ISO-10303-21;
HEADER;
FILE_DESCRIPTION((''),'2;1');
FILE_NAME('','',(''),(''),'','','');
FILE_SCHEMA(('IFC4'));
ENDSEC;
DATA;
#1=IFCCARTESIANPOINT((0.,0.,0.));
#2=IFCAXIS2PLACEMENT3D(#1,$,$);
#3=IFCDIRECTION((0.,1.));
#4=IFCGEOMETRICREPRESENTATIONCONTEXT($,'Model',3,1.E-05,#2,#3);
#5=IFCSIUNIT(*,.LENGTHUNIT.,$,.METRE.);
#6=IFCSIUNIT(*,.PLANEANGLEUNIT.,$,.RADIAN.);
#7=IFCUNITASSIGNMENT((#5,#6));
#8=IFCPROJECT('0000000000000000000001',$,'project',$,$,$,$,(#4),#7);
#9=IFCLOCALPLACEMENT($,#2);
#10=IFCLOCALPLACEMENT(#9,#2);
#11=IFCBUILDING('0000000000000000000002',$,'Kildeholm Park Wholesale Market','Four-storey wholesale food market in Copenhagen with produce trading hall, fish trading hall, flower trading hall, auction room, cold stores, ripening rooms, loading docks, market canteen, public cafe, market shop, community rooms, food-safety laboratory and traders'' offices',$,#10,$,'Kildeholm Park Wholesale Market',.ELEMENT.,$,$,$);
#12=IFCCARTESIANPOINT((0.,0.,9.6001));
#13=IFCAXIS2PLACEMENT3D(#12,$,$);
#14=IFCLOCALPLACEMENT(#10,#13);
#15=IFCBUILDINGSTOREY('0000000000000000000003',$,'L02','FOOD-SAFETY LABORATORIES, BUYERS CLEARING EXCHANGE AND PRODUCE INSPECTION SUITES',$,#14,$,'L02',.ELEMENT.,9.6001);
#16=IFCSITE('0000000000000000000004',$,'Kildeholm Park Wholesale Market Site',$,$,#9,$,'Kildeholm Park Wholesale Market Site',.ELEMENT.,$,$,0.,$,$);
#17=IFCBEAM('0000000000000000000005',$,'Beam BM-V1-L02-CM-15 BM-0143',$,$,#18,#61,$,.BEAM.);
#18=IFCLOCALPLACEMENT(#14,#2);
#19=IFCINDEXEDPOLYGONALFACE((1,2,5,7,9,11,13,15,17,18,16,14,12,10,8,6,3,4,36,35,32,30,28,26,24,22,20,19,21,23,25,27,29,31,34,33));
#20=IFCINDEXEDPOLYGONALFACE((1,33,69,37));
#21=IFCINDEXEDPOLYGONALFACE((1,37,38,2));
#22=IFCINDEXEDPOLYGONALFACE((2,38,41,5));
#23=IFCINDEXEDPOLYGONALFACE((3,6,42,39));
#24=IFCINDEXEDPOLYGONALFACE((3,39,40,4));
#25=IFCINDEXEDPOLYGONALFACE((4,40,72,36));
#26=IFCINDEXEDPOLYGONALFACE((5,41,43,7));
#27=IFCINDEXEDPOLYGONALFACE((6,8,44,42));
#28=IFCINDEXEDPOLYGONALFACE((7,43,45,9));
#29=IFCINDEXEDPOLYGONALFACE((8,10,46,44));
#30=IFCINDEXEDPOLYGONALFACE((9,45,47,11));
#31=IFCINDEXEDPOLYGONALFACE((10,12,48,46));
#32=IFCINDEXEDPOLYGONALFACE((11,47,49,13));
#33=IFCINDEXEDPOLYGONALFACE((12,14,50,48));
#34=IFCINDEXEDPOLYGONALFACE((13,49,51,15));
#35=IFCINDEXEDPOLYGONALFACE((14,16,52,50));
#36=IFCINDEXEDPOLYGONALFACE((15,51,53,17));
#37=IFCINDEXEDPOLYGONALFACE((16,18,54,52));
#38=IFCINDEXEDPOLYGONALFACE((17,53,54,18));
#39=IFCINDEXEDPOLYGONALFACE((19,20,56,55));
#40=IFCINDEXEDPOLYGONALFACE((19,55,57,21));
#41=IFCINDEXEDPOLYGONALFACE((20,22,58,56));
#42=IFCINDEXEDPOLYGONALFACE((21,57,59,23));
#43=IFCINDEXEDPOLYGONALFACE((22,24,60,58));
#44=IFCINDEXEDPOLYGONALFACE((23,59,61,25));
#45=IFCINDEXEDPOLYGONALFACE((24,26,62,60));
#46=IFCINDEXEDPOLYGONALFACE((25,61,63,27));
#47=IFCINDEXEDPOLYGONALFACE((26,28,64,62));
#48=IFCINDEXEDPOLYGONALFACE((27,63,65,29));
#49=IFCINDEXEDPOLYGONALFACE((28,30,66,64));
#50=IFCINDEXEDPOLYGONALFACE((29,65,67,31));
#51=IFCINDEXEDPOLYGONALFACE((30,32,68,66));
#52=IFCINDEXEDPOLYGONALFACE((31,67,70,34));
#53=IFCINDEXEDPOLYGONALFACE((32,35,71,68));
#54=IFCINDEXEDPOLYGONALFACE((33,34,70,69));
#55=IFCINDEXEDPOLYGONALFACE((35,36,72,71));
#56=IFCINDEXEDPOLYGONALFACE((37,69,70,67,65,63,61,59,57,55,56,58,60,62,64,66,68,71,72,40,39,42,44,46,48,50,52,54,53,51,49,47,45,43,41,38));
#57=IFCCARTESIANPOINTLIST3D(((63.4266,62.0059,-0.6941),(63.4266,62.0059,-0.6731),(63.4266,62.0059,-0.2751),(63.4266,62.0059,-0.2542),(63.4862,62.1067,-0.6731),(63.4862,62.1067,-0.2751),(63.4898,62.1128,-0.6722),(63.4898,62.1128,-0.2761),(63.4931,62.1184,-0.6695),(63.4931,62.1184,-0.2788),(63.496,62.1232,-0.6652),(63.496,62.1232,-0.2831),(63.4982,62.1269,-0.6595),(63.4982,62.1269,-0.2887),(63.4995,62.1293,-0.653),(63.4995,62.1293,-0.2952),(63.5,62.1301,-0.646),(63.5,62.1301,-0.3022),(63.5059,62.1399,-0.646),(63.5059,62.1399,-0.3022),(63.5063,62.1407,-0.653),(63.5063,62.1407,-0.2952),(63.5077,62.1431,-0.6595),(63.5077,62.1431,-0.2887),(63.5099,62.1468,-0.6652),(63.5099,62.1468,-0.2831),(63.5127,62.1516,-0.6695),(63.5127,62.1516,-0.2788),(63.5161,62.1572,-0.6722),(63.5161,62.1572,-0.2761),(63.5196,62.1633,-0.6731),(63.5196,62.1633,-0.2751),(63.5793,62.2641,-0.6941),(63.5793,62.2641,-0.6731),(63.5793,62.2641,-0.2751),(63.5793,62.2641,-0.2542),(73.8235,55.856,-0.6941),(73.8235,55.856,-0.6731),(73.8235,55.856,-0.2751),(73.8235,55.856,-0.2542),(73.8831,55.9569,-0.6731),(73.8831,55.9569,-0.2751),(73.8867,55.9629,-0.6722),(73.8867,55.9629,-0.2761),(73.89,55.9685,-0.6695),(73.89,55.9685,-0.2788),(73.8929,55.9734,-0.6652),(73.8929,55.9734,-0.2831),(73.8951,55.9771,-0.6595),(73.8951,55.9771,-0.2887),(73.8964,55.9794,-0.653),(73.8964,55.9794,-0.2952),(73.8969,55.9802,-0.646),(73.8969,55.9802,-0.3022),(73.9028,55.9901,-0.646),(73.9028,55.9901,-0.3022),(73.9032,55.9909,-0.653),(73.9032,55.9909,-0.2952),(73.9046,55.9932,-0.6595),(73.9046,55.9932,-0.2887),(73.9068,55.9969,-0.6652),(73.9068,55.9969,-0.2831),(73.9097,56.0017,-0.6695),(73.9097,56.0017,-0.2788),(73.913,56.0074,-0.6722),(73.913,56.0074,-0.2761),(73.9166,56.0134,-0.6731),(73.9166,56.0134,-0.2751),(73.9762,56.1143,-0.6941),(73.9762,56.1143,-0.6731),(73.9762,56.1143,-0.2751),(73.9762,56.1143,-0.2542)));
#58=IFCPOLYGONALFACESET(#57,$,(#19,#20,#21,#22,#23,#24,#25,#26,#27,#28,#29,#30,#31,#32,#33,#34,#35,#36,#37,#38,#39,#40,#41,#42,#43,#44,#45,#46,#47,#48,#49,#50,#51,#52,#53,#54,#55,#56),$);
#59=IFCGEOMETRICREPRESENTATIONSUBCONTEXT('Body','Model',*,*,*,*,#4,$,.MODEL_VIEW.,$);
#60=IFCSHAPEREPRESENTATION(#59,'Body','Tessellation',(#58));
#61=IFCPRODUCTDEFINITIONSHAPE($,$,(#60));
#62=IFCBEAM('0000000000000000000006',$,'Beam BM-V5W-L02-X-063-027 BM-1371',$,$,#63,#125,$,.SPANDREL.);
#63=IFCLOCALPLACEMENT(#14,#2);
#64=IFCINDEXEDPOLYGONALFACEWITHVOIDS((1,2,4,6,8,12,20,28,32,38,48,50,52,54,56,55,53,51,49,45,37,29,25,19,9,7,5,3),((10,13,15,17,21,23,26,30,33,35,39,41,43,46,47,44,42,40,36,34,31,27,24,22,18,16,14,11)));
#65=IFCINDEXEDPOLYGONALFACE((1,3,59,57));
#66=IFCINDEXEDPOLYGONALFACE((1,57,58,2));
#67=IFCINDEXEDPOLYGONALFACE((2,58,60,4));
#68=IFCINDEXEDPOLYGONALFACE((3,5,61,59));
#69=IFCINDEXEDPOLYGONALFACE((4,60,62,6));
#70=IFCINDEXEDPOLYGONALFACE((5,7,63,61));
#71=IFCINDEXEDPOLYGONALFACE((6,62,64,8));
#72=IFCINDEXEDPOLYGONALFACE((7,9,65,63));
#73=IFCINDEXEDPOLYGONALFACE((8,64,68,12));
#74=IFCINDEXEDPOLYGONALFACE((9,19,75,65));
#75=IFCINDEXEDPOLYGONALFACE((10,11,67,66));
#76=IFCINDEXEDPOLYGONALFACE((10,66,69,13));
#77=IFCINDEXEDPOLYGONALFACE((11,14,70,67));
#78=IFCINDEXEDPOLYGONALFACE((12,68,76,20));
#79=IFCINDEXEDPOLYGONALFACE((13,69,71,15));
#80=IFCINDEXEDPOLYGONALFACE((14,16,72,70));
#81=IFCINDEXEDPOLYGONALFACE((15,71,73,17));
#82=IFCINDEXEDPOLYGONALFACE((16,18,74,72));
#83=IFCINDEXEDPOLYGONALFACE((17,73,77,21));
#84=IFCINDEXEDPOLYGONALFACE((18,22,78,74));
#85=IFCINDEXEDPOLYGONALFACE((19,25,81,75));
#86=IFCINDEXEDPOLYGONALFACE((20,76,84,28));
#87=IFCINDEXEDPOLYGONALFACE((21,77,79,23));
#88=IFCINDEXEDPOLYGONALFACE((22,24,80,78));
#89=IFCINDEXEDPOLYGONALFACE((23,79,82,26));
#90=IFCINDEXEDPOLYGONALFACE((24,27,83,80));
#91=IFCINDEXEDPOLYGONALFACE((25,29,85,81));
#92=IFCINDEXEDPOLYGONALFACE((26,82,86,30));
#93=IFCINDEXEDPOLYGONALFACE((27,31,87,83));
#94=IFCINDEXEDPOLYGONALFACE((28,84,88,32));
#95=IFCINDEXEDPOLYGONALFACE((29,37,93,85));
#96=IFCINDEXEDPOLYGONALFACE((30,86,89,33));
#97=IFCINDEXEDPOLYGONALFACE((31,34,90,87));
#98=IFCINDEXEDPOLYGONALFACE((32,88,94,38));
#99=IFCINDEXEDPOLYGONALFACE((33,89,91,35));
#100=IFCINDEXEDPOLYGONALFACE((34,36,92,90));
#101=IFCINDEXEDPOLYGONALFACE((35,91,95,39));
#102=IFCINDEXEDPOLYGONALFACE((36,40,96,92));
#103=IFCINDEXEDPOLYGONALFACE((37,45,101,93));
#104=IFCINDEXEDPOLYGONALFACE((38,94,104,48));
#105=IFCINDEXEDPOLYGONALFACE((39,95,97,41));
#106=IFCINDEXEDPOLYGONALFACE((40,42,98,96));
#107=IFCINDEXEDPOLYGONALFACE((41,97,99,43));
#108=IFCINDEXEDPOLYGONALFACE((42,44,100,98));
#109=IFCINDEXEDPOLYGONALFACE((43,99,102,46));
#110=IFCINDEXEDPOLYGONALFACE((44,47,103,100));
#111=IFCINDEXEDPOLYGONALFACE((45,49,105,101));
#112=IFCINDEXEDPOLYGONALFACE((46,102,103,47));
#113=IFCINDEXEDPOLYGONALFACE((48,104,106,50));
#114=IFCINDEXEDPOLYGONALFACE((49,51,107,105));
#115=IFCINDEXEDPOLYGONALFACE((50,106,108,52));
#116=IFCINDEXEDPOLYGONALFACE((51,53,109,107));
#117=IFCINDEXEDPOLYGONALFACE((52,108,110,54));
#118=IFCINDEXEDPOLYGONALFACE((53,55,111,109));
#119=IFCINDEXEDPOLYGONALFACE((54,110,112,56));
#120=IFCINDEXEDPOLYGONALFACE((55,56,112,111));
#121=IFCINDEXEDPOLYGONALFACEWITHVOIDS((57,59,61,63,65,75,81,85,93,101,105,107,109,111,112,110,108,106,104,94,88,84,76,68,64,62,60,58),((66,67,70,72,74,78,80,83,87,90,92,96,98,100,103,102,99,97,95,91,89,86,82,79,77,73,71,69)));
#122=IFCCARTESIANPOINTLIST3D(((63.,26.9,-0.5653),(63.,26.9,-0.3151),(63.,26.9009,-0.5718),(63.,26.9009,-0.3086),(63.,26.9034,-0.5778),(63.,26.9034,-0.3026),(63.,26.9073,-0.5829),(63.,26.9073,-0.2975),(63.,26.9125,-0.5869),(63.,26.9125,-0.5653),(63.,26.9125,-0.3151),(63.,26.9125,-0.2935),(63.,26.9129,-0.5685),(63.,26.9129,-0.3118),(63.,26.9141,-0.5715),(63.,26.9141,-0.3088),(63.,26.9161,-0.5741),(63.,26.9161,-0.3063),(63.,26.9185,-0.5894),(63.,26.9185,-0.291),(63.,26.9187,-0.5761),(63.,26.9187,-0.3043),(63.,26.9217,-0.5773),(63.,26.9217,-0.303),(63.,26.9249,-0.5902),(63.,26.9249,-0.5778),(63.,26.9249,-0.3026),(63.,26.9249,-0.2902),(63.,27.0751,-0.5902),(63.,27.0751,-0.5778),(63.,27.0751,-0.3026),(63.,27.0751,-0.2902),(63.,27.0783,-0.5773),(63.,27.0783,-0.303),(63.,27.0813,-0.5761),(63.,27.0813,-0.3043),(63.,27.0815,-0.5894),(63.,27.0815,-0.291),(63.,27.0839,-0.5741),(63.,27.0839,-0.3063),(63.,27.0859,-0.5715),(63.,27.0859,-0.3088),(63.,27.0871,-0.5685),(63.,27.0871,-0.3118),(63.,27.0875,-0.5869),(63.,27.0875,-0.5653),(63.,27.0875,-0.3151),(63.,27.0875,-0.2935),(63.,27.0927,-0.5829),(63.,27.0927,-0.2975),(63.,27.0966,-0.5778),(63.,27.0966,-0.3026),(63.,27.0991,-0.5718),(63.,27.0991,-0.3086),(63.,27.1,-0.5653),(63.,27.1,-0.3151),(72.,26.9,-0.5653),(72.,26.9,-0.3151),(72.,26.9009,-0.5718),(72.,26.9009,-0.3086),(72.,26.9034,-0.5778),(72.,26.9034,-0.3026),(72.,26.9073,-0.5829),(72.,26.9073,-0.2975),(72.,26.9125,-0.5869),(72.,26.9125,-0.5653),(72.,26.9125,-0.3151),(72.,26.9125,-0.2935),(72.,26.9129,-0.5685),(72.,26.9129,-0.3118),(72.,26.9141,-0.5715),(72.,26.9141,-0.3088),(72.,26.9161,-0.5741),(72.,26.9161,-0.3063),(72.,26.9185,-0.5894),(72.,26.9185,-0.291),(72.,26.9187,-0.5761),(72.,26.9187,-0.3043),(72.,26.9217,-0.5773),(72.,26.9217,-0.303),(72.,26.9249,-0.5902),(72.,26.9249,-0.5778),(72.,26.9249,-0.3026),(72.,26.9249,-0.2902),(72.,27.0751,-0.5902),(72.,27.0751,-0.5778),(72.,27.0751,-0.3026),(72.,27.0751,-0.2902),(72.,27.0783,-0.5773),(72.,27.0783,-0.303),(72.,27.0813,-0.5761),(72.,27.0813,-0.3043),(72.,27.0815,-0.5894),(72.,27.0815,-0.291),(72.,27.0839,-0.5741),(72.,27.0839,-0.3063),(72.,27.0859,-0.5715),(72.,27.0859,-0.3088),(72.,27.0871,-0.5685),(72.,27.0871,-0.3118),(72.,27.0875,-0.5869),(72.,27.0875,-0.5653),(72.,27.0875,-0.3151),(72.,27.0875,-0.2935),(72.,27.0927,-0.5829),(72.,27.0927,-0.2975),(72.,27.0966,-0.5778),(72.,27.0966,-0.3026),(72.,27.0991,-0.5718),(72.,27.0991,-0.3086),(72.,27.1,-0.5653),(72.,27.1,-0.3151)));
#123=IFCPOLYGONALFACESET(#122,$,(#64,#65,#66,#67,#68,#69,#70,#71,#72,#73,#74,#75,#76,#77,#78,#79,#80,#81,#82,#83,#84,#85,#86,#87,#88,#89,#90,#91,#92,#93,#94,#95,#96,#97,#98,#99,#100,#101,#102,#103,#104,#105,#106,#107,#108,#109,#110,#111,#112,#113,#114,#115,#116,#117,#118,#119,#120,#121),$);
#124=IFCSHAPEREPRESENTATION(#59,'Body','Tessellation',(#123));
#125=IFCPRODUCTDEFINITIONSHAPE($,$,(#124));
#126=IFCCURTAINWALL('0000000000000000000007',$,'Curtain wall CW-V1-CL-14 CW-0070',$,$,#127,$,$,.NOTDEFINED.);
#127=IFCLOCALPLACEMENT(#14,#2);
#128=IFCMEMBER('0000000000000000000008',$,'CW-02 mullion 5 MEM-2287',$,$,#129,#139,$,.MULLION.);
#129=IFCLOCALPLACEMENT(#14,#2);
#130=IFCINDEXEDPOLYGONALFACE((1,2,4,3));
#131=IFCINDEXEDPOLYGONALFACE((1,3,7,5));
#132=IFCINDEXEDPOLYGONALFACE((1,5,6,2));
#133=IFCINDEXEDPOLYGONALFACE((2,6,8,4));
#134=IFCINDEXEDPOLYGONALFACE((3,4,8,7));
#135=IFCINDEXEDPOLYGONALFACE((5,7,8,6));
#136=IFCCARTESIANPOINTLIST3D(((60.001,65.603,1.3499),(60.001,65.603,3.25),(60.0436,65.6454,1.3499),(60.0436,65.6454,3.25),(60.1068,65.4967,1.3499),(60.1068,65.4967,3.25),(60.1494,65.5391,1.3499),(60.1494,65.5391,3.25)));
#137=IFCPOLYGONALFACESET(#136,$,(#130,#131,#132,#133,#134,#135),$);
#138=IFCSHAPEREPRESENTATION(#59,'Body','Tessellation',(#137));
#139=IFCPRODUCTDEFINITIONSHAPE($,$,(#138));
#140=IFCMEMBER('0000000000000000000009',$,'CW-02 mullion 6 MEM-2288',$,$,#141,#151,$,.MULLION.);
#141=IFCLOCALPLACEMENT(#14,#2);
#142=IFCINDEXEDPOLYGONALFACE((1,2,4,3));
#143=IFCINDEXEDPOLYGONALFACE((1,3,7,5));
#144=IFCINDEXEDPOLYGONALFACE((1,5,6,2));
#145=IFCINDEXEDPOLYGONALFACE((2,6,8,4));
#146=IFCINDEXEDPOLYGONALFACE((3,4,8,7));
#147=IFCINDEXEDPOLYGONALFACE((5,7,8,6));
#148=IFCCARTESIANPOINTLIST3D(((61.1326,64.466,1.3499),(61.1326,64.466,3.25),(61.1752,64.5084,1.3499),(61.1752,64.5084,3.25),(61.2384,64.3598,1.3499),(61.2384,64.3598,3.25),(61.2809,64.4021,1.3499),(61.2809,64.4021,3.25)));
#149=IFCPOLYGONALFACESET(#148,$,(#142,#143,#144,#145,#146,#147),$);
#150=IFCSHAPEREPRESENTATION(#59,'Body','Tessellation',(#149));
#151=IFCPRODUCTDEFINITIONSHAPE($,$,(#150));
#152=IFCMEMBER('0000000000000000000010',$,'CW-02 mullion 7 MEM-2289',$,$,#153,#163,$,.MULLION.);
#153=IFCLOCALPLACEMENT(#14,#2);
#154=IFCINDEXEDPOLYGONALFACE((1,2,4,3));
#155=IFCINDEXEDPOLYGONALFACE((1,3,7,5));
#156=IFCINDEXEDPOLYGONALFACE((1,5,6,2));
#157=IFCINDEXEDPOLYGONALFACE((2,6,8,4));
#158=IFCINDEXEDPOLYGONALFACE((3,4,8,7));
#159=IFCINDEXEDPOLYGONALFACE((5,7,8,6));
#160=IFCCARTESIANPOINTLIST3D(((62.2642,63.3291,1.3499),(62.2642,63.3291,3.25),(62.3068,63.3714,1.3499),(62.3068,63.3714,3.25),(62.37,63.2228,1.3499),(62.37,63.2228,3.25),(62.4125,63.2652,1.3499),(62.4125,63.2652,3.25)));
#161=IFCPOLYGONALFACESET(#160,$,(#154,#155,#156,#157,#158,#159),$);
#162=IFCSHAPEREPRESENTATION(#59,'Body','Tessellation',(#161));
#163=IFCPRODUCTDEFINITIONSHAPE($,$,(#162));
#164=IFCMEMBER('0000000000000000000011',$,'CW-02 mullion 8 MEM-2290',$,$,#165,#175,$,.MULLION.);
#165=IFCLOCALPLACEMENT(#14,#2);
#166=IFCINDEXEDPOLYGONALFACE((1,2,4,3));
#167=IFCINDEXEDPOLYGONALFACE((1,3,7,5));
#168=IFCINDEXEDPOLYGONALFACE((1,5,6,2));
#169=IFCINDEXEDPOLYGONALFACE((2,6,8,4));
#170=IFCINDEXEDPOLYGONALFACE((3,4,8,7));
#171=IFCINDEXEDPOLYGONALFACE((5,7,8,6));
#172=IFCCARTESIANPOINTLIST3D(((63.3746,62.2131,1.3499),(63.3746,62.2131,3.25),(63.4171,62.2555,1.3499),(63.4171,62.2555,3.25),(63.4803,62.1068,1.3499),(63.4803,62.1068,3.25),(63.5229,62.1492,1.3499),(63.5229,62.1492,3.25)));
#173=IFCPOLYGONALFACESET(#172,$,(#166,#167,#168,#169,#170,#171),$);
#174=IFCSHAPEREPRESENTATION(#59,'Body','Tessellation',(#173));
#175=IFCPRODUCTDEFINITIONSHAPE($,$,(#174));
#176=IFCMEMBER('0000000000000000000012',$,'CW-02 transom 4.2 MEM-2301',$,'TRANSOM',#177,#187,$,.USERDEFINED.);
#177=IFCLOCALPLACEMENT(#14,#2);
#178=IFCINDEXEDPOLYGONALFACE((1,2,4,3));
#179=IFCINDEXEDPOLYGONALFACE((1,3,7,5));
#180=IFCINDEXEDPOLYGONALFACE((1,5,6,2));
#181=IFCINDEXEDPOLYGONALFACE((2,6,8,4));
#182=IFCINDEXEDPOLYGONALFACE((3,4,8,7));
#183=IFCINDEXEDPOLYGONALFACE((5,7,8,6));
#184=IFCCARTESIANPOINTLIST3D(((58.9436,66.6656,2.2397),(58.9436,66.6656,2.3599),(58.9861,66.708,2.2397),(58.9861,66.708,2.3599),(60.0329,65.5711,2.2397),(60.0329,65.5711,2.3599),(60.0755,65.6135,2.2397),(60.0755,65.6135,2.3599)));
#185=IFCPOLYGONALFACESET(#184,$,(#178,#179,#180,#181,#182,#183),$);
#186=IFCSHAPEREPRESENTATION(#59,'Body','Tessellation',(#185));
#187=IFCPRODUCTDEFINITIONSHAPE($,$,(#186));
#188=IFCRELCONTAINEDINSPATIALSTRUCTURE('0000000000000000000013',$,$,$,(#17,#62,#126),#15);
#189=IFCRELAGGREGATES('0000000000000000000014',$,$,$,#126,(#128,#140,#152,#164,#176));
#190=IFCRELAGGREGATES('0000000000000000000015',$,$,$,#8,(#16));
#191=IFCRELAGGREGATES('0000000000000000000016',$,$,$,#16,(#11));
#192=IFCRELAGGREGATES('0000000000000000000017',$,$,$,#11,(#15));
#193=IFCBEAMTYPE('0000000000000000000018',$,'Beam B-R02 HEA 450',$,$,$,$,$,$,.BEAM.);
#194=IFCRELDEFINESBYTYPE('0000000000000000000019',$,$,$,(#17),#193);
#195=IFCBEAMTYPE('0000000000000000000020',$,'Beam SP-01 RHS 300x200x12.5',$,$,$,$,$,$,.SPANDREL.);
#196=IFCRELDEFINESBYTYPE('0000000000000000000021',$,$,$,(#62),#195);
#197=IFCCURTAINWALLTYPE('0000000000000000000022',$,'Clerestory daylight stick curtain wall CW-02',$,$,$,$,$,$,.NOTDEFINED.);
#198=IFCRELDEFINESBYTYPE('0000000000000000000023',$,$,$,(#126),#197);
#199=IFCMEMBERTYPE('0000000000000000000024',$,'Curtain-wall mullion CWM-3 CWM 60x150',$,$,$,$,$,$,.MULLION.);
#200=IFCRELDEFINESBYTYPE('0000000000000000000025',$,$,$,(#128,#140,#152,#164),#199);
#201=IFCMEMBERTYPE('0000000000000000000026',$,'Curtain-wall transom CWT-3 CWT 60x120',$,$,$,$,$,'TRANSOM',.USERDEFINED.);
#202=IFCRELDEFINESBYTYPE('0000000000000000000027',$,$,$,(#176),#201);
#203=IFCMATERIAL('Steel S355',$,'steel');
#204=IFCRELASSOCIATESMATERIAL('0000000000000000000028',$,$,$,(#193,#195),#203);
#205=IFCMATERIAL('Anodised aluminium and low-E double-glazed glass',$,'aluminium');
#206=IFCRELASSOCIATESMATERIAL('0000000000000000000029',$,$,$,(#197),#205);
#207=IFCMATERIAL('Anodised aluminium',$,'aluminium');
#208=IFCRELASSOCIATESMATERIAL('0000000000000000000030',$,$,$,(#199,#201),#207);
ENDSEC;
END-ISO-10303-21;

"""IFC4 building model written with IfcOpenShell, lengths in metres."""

from ifc_helpers import new_model, si_unit, direction, frame, origin, origin_2d, place, context, subcontext, project, spatial, rectangle, hollow_rectangle, i_section, extrude, material, material_profile, profile_set, type_object, element, aggregate, save


model = new_model("IFC4")

# Units and contexts
model_context = context("Model", 3, precision=1e-05, world=origin(), true_north=direction((0.0, 1.0)))
body_context = subcontext(model_context, "Body", "Model", "MODEL_VIEW")
ifc_project = project(units=[si_unit("LENGTHUNIT", "METRE"), si_unit("PLANEANGLEUNIT", "RADIAN")], contexts=[model_context])

# Site, building, storey
site_placement = place(None, origin())
site = spatial("IfcSite", under=ifc_project, at=site_placement, Name="Kildeholm Park Wholesale Market Site", LongName="Kildeholm Park Wholesale Market Site", CompositionType="ELEMENT", RefElevation=0.0)
building_placement = place(site_placement, origin())
building = spatial("IfcBuilding", under=site, at=building_placement, Name="Kildeholm Park Wholesale Market", Description="Four-storey wholesale food market in Copenhagen with produce trading hall, fish trading hall, flower trading hall, auction room, cold stores, ripening rooms, loading docks, market canteen, public cafe, market shop, community rooms, food-safety laboratory and traders' offices", LongName="Kildeholm Park Wholesale Market", CompositionType="ELEMENT")
storey_placement = place(building_placement, frame((0.0, 0.0, 9.6001)))
storey = spatial("IfcBuildingStorey", under=building, at=storey_placement, Name="L02", Description="FOOD-SAFETY LABORATORIES, BUYERS CLEARING EXCHANGE AND PRODUCE INSPECTION SUITES", LongName="L02", CompositionType="ELEMENT", Elevation=9.6001)

# Shared definitions
ifc_material_1 = material(Name="Steel S355", Category="steel")

# Beams
ifc_material_profile_1 = material_profile(ifc_material_1, i_section(OverallWidth=0.3, OverallDepth=0.4399, WebThickness=0.0115, FlangeThickness=0.021, FilletRadius=0.0271, at=origin_2d()), Name="HEA 450")
ifc_profile_set_1 = profile_set([ifc_material_profile_1], Name="Steel S355")
beam_type_1 = type_object("IfcBeamType", Name="Beam B-R02 HEA 450", PredefinedType="BEAM", material=ifc_profile_set_1)
beam_1_placement = place(storey_placement, frame((63.5029, 62.135, -0.4741), z_axis=(0.8607, -0.509112, 0.0), x_axis=(0.509112, 0.8607, 0.0)))
element("IfcBeam", 1, at=beam_1_placement, inside=storey, type_object=beam_type_1, Name="Beam BM-V1-L02-CM-15 BM-0143", PredefinedType="BEAM", context=body_context, shape_type="SweptSolid", body=[
    extrude(i_section(OverallWidth=0.3, OverallDepth=0.4399, WebThickness=0.0115, FlangeThickness=0.021, FilletRadius=0.0271, at=origin_2d()), origin(), (0.0, 0.0, 1.0), 12.0796),
])
ifc_material_profile_2 = material_profile(ifc_material_1, hollow_rectangle(XDim=0.2, YDim=0.3, WallThickness=0.0125, InnerFilletRadius=0.0125, OuterFilletRadius=0.0249, at=origin_2d()), Name="RHS 300x200x12.5")
ifc_profile_set_2 = profile_set([ifc_material_profile_2], Name="Steel S355")
beam_type_2 = type_object("IfcBeamType", Name="Beam SP-01 RHS 300x200x12.5", PredefinedType="SPANDREL", material=ifc_profile_set_2)
beam_2_placement = place(storey_placement, frame((63.0, 27.0, -0.4402), z_axis=(1.0, 0.0, 0.0), x_axis=(0.0, 1.0, 0.0)))
element("IfcBeam", 2, at=beam_2_placement, inside=storey, type_object=beam_type_2, Name="Beam BM-V5W-L02-X-063-027 BM-1371", PredefinedType="SPANDREL", context=body_context, shape_type="SweptSolid", body=[
    extrude(hollow_rectangle(XDim=0.2, YDim=0.3, WallThickness=0.0125, InnerFilletRadius=0.0125, OuterFilletRadius=0.0249, at=origin_2d()), origin(), (0.0, 0.0, 1.0), 9.0),
])

# Curtain wall, members
ifc_material_2 = material(Name="Anodised aluminium and low-E double-glazed glass", Category="aluminium")
curtain_wall_type = type_object("IfcCurtainWallType", Name="Clerestory daylight stick curtain wall CW-02", PredefinedType="NOTDEFINED", material=ifc_material_2)
curtain_wall_placement = place(storey_placement, origin())
curtain_wall = element("IfcCurtainWall", 3, at=curtain_wall_placement, inside=storey, type_object=curtain_wall_type, Name="Curtain wall CW-V1-CL-14 CW-0070", PredefinedType="NOTDEFINED")
ifc_material_3 = material(Name="Anodised aluminium", Category="aluminium")
ifc_material_profile_3 = material_profile(ifc_material_3, rectangle(XDim=0.0601, YDim=0.1499, at=origin_2d()), Name="CWM 60x150")
ifc_profile_set_3 = profile_set([ifc_material_profile_3], Name="Anodised aluminium")
member_type_1 = type_object("IfcMemberType", Name="Curtain-wall mullion CWM-3 CWM 60x150", PredefinedType="MULLION", material=ifc_profile_set_3)
member_1_placement = place(storey_placement, frame((60.0752, 65.571, 1.3499), z_axis=(0.0, 0.0, 1.0), x_axis=(0.708797, 0.705413, 0.0)))
member_1 = element("IfcMember", 4, at=member_1_placement, type_object=member_type_1, Name="CW-02 mullion 5 MEM-2287", PredefinedType="MULLION", context=body_context, shape_type="SweptSolid", body=[
    extrude(rectangle(XDim=0.0601, YDim=0.1499, at=origin_2d()), origin(), (0.0, 0.0, 1.0), 1.9001),
])
member_2_placement = place(storey_placement, frame((61.2068, 64.4341, 1.3499), z_axis=(0.0, 0.0, 1.0), x_axis=(0.708797, 0.705413, 0.0)))
member_2 = element("IfcMember", 5, at=member_2_placement, type_object=member_type_1, Name="CW-02 mullion 6 MEM-2288", PredefinedType="MULLION", context=body_context, shape_type="SweptSolid", body=[
    extrude(rectangle(XDim=0.0601, YDim=0.1499, at=origin_2d()), origin(), (0.0, 0.0, 1.0), 1.9001),
])
member_3_placement = place(storey_placement, frame((62.3384, 63.2971, 1.3499), z_axis=(0.0, 0.0, 1.0), x_axis=(0.708797, 0.705413, 0.0)))
member_3 = element("IfcMember", 6, at=member_3_placement, type_object=member_type_1, Name="CW-02 mullion 7 MEM-2289", PredefinedType="MULLION", context=body_context, shape_type="SweptSolid", body=[
    extrude(rectangle(XDim=0.0601, YDim=0.1499, at=origin_2d()), origin(), (0.0, 0.0, 1.0), 1.9001),
])
member_4_placement = place(storey_placement, frame((63.4487, 62.1812, 1.3499), z_axis=(0.0, 0.0, 1.0), x_axis=(0.708797, 0.705413, 0.0)))
member_4 = element("IfcMember", 7, at=member_4_placement, type_object=member_type_1, Name="CW-02 mullion 8 MEM-2290", PredefinedType="MULLION", context=body_context, shape_type="SweptSolid", body=[
    extrude(rectangle(XDim=0.0601, YDim=0.1499, at=origin_2d()), origin(), (0.0, 0.0, 1.0), 1.9001),
])
ifc_material_profile_4 = material_profile(ifc_material_3, rectangle(XDim=0.0601, YDim=0.1201, at=origin_2d()), Name="CWT 60x120")
ifc_profile_set_4 = profile_set([ifc_material_profile_4], Name="Anodised aluminium")
member_type_2 = type_object("IfcMemberType", Name="Curtain-wall transom CWT-3 CWT 60x120", ElementType="TRANSOM", PredefinedType="USERDEFINED", material=ifc_profile_set_4)
member_5_placement = place(storey_placement, frame((58.9648, 66.6868, 2.2998), z_axis=(0.705445, -0.708765, 0.0), x_axis=(0.708765, 0.705445, 0.0)))
member_5 = element("IfcMember", 8, at=member_5_placement, type_object=member_type_2, Name="CW-02 transom 4.2 MEM-2301", ObjectType="TRANSOM", PredefinedType="USERDEFINED", context=body_context, shape_type="SweptSolid", body=[
    extrude(rectangle(XDim=0.0601, YDim=0.1201, at=origin_2d()), origin(), (0.0, 0.0, 1.0), 1.5442),
])
aggregate(curtain_wall, [member_1, member_2, member_3, member_4, member_5])

save(model, "model.ifc")
